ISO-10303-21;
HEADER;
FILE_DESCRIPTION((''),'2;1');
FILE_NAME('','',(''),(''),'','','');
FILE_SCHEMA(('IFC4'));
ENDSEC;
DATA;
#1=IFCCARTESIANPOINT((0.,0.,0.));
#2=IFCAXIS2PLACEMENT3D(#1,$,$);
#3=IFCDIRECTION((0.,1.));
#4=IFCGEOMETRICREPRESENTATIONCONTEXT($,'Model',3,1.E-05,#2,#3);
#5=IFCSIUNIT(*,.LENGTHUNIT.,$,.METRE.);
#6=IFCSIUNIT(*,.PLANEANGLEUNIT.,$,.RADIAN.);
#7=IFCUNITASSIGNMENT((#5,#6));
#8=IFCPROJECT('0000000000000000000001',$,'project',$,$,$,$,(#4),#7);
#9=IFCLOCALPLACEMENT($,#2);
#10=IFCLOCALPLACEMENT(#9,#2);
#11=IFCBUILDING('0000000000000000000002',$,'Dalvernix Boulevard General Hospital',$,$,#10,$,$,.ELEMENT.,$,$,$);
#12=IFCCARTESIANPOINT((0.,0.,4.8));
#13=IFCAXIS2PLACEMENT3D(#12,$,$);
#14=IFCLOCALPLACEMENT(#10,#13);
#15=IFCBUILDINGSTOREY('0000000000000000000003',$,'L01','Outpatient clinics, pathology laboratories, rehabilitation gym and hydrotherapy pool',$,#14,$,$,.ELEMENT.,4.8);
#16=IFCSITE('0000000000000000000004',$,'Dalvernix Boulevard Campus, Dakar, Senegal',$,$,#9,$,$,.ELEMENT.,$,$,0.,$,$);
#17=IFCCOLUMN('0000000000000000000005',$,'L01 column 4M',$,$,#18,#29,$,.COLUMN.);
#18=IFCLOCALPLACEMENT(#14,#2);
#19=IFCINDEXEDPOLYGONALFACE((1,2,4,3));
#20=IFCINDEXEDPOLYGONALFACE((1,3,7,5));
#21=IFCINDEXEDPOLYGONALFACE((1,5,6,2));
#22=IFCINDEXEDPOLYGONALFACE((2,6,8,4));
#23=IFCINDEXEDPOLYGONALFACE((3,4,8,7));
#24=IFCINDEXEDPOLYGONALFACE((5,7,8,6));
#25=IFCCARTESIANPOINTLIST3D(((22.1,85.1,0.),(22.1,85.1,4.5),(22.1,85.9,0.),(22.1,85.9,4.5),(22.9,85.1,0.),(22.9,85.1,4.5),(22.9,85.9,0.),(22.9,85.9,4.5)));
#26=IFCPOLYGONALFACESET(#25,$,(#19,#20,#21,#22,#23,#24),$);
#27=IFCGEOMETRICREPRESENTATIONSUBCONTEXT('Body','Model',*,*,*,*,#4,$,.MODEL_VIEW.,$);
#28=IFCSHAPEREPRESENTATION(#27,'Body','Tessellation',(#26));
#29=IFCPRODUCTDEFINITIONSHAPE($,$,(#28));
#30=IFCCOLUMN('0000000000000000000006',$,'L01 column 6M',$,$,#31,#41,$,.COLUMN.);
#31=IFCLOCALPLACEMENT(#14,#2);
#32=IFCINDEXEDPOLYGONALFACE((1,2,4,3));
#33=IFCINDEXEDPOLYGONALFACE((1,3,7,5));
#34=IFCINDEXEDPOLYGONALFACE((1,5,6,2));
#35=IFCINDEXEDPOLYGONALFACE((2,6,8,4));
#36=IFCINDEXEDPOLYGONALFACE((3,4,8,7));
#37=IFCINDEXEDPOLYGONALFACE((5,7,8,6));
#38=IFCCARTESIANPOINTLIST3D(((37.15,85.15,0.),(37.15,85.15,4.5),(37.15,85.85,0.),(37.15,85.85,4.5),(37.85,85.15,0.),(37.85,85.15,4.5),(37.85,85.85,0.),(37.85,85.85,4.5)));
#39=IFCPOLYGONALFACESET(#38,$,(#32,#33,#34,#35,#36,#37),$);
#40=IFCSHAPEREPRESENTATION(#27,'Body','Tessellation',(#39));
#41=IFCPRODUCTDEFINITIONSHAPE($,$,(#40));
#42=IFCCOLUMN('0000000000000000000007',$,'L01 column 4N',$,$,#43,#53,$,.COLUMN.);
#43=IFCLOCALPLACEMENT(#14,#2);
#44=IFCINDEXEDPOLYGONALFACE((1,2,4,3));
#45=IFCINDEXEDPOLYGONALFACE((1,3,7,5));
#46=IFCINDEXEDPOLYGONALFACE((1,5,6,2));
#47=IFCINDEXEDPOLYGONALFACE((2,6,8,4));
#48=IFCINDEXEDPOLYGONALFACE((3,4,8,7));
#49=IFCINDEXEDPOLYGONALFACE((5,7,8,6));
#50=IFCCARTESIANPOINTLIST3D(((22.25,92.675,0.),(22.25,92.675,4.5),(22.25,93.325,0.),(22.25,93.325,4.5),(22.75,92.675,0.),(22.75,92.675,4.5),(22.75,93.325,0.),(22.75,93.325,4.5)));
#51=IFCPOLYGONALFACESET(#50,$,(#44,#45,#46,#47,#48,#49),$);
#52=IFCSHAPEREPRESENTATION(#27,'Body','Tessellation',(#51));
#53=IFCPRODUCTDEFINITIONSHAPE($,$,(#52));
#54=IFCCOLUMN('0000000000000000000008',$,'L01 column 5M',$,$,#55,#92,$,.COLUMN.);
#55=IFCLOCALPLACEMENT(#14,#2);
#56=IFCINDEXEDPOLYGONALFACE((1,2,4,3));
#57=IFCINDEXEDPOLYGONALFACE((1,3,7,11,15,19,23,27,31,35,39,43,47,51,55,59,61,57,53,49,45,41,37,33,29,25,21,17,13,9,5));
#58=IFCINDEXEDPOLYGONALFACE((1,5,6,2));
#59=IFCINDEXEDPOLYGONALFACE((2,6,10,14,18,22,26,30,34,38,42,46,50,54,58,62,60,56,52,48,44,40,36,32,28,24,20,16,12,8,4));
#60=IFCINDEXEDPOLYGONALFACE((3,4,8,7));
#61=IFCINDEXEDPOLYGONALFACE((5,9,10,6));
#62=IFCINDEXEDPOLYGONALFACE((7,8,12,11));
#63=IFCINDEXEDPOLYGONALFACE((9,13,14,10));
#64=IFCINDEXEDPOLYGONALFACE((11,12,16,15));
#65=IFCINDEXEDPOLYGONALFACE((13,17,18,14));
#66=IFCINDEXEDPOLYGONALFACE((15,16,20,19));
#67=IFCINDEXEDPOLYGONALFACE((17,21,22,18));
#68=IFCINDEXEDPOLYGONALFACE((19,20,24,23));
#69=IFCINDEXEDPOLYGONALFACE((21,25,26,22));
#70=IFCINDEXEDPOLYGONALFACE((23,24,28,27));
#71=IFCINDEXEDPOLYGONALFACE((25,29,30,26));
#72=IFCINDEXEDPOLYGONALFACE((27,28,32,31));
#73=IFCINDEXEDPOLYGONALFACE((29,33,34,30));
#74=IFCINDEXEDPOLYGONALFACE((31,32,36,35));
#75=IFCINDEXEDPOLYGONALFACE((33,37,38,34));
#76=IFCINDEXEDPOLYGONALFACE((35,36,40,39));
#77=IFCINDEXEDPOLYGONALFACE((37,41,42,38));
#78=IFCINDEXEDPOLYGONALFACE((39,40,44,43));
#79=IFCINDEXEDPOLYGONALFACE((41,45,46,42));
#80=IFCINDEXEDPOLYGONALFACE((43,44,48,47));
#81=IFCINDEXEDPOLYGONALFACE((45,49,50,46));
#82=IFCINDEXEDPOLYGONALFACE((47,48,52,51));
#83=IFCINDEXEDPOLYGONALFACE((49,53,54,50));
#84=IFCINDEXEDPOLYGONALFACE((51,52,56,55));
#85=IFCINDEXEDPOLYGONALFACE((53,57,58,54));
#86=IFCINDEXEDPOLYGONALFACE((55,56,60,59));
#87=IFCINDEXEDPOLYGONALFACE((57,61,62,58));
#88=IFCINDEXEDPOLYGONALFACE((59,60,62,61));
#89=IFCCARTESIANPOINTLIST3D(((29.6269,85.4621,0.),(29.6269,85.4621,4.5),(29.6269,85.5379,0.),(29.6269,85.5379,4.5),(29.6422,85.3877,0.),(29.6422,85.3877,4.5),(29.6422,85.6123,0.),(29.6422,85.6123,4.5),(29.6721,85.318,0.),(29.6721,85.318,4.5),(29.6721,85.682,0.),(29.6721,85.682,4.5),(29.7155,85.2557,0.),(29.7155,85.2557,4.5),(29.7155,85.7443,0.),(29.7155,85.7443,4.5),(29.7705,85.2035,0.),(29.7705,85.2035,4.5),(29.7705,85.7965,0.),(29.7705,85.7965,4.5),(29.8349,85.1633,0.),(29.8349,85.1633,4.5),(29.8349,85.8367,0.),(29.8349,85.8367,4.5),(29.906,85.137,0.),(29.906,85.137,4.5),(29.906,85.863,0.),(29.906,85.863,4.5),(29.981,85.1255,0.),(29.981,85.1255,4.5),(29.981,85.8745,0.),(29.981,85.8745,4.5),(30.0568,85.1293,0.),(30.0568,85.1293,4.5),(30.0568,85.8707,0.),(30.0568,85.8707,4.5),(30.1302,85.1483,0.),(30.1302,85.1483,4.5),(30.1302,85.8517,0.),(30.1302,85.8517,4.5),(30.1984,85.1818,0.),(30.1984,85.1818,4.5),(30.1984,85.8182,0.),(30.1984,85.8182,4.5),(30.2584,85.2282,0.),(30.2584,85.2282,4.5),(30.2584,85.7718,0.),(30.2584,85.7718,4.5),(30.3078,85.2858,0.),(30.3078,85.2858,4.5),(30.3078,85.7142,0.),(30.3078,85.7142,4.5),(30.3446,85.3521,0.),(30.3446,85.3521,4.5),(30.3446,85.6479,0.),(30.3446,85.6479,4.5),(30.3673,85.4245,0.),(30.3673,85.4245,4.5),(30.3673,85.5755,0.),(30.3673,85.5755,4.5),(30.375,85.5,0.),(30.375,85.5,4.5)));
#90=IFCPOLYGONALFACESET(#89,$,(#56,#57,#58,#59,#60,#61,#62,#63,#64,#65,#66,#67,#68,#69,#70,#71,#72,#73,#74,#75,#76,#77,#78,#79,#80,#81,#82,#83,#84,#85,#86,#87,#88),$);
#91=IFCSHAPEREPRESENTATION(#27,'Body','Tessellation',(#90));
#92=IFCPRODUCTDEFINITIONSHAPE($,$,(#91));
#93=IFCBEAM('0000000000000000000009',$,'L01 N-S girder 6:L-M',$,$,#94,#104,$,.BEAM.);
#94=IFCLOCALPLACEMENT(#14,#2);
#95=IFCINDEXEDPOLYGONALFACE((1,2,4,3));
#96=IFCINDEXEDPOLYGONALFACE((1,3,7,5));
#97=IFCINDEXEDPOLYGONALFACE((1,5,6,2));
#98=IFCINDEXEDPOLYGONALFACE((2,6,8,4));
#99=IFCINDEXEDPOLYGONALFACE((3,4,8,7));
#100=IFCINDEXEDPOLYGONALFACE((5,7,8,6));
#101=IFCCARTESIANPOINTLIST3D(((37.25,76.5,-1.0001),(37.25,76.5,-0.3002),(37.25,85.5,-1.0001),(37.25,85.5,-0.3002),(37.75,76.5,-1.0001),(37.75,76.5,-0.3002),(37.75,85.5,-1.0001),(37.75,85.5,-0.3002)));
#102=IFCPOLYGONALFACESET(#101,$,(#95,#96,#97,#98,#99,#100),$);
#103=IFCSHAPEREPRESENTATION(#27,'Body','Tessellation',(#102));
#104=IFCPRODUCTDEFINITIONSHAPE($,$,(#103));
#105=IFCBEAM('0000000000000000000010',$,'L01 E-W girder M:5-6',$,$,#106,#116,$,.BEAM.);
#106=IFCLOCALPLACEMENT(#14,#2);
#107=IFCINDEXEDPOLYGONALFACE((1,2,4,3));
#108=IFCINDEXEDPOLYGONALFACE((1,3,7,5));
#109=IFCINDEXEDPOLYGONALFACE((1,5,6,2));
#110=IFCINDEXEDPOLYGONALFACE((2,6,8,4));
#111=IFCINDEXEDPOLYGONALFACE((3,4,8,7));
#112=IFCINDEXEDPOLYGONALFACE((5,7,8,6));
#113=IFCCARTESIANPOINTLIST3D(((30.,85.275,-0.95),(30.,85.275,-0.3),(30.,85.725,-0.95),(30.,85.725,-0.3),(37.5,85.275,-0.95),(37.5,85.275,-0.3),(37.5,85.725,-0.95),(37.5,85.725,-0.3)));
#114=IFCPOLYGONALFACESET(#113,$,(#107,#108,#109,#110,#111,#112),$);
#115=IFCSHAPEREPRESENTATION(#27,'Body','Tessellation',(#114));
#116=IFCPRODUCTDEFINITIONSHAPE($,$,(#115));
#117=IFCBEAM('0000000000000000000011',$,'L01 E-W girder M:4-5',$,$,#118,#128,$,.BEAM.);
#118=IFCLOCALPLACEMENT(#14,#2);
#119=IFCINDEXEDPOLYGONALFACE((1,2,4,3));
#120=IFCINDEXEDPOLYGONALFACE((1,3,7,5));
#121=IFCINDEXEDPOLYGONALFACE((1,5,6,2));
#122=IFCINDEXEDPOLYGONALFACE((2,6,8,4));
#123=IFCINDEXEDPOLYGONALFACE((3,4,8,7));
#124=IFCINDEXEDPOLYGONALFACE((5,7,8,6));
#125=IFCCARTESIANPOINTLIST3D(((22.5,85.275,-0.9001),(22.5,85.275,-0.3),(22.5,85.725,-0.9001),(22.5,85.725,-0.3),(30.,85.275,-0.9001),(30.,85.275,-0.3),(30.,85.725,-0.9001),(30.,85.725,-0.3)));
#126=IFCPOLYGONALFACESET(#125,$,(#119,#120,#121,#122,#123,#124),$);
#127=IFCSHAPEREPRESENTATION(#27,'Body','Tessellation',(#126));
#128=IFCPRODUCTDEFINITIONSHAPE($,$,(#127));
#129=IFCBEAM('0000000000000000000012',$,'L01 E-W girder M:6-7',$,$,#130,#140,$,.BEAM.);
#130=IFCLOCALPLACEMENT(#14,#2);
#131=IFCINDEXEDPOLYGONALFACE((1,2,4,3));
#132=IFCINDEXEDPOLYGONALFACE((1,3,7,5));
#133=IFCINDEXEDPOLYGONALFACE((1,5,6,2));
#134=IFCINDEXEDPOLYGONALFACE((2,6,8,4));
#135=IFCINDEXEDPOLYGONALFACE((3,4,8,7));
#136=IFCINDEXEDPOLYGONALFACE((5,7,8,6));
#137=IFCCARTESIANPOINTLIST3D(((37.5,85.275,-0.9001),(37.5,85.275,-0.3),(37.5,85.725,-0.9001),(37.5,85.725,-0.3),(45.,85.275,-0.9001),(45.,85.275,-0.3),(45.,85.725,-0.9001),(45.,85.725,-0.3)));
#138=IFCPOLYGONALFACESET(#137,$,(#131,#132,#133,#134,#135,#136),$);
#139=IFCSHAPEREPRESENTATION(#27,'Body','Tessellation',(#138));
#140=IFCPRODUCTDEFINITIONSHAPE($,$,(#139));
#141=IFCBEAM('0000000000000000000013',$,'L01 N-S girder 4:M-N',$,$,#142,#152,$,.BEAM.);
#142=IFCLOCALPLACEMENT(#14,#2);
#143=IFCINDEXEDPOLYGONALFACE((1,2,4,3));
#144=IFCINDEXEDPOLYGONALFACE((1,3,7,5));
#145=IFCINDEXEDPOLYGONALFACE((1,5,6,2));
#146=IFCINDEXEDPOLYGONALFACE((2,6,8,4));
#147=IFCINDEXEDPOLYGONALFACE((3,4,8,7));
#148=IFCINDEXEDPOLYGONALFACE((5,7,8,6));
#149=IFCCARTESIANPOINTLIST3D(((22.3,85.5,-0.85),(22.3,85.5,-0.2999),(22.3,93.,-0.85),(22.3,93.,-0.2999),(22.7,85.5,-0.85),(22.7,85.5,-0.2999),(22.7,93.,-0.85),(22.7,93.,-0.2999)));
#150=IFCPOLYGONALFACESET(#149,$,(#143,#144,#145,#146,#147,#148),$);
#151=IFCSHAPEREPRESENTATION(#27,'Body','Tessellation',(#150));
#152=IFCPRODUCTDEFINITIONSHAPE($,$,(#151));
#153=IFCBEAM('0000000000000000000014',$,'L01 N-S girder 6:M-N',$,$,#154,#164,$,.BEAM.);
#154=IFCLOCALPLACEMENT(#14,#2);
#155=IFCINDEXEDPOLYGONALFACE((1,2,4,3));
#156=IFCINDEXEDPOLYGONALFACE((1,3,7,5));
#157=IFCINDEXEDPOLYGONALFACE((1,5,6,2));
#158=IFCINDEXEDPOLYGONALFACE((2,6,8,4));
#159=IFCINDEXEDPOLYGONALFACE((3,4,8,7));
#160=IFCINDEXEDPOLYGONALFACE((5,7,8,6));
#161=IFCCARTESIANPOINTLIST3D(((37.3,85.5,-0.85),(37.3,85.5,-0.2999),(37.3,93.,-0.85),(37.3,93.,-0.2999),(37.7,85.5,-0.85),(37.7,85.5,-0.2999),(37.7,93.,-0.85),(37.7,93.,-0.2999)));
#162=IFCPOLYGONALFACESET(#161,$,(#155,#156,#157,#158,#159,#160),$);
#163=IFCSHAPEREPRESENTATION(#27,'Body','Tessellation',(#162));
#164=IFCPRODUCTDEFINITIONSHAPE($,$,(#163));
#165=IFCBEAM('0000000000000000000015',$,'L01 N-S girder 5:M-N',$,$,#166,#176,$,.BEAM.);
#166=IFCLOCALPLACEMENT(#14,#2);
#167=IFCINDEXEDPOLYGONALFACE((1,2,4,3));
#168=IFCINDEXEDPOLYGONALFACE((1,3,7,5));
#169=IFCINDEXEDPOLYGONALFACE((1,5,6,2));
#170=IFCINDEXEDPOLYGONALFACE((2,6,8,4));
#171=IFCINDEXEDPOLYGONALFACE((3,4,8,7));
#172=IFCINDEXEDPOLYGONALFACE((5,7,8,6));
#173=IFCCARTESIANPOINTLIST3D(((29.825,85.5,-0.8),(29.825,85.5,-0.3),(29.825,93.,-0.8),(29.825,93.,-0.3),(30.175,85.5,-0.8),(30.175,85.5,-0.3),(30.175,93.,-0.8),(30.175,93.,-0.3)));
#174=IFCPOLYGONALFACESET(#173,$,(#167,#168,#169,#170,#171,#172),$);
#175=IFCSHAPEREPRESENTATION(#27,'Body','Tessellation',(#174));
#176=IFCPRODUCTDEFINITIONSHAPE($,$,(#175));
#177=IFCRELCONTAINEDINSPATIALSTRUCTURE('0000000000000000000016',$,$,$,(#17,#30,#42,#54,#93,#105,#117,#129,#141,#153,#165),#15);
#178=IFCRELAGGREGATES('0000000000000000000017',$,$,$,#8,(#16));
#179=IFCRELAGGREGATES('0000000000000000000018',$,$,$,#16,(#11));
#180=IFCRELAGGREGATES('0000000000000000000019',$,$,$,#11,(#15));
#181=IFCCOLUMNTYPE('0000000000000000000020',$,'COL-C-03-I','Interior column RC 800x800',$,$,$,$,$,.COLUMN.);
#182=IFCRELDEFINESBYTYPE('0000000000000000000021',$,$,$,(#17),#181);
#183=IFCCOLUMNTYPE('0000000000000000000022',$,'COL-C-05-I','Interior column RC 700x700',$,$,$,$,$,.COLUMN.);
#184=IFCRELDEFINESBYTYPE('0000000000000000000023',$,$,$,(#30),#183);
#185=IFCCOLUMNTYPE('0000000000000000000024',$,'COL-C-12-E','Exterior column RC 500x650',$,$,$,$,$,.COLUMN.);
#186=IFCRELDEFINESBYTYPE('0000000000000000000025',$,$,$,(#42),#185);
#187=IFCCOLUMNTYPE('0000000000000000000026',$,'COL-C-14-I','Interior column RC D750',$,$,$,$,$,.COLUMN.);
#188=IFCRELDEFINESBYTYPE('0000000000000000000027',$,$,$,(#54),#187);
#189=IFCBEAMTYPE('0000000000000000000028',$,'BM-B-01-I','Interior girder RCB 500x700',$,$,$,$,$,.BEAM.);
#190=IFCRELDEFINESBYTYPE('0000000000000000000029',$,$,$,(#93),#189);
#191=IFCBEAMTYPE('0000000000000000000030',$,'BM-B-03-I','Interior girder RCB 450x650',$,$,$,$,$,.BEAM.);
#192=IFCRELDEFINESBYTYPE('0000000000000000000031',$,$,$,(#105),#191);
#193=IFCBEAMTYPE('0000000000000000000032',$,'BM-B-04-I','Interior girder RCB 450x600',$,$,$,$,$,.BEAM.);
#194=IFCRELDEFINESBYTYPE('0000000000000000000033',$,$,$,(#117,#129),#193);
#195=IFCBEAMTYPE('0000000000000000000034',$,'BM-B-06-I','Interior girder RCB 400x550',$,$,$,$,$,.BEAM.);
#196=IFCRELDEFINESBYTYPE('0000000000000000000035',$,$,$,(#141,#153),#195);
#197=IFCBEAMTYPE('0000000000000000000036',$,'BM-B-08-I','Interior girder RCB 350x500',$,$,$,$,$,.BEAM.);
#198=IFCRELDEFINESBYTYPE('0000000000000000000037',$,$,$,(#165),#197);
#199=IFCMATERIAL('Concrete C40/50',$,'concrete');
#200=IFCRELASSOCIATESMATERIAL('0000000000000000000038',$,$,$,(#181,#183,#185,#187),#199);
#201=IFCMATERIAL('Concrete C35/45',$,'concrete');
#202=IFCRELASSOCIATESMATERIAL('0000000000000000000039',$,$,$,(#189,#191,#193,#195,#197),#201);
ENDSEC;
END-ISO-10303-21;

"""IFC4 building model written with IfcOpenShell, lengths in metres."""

from ifc_helpers import new_model, si_unit, direction, frame, origin, origin_2d, place, context, subcontext, project, spatial, rectangle, circle, extrude, material, material_profile, profile_set, type_object, element, save


model = new_model("IFC4")

# Units and contexts
model_context = context("Model", 3, precision=1e-05, world=origin(), true_north=direction((0.0, 1.0)))
body_context = subcontext(model_context, "Body", "Model", "MODEL_VIEW")
ifc_project = project(units=[si_unit("LENGTHUNIT", "METRE"), si_unit("PLANEANGLEUNIT", "RADIAN")], contexts=[model_context])

# Site, building, storey
site_placement = place(None, origin())
site = spatial("IfcSite", under=ifc_project, at=site_placement, Name="Dalvernix Boulevard Campus, Dakar, Senegal", CompositionType="ELEMENT", RefElevation=0.0)
building_placement = place(site_placement, origin())
building = spatial("IfcBuilding", under=site, at=building_placement, Name="Dalvernix Boulevard General Hospital", CompositionType="ELEMENT")
storey_placement = place(building_placement, frame((0.0, 0.0, 4.8)))
storey = spatial("IfcBuildingStorey", under=building, at=storey_placement, Name="L01", Description="Outpatient clinics, pathology laboratories, rehabilitation gym and hydrotherapy pool", CompositionType="ELEMENT", Elevation=4.8)

# Columns
ifc_material_1 = material(Name="Concrete C40/50", Category="concrete")
ifc_material_profile_1 = material_profile(ifc_material_1, rectangle(XDim=0.8, YDim=0.8, at=origin_2d()), Name="RC 800x800")
ifc_profile_set_1 = profile_set([ifc_material_profile_1], Name="Concrete C40/50")
column_type_1 = type_object("IfcColumnType", Name="COL-C-03-I", Description="Interior column RC 800x800", PredefinedType="COLUMN", material=ifc_profile_set_1)
column_1_placement = place(storey_placement, frame((22.5, 85.5, 0.0), z_axis=(0.0, 0.0, 1.0), x_axis=(1.0, 0.0, 0.0)))
element("IfcColumn", 1, at=column_1_placement, inside=storey, type_object=column_type_1, Name="L01 column 4M", PredefinedType="COLUMN", context=body_context, shape_type="SweptSolid", body=[
    extrude(rectangle(XDim=0.8, YDim=0.8, at=origin_2d()), origin(), (0.0, 0.0, 1.0), 4.5),
])
ifc_material_profile_2 = material_profile(ifc_material_1, rectangle(XDim=0.7, YDim=0.7, at=origin_2d()), Name="RC 700x700")
ifc_profile_set_2 = profile_set([ifc_material_profile_2], Name="Concrete C40/50")
column_type_2 = type_object("IfcColumnType", Name="COL-C-05-I", Description="Interior column RC 700x700", PredefinedType="COLUMN", material=ifc_profile_set_2)
column_2_placement = place(storey_placement, frame((37.5, 85.5, 0.0), z_axis=(0.0, 0.0, 1.0), x_axis=(1.0, 0.0, 0.0)))
element("IfcColumn", 2, at=column_2_placement, inside=storey, type_object=column_type_2, Name="L01 column 6M", PredefinedType="COLUMN", context=body_context, shape_type="SweptSolid", body=[
    extrude(rectangle(XDim=0.7, YDim=0.7, at=origin_2d()), origin(), (0.0, 0.0, 1.0), 4.5),
])
ifc_material_profile_3 = material_profile(ifc_material_1, rectangle(XDim=0.5, YDim=0.6499, at=origin_2d()), Name="RC 500x650")
ifc_profile_set_3 = profile_set([ifc_material_profile_3], Name="Concrete C40/50")
column_type_3 = type_object("IfcColumnType", Name="COL-C-12-E", Description="Exterior column RC 500x650", PredefinedType="COLUMN", material=ifc_profile_set_3)
column_3_placement = place(storey_placement, frame((22.5, 93.0, 0.0), z_axis=(0.0, 0.0, 1.0), x_axis=(1.0, 0.0, 0.0)))
element("IfcColumn", 3, at=column_3_placement, inside=storey, type_object=column_type_3, Name="L01 column 4N", PredefinedType="COLUMN", context=body_context, shape_type="SweptSolid", body=[
    extrude(rectangle(XDim=0.5, YDim=0.6499, at=origin_2d()), origin(), (0.0, 0.0, 1.0), 4.5),
])
ifc_material_profile_4 = material_profile(ifc_material_1, circle(Radius=0.375, at=origin_2d()), Name="RC D750")
ifc_profile_set_4 = profile_set([ifc_material_profile_4], Name="Concrete C40/50")
column_type_4 = type_object("IfcColumnType", Name="COL-C-14-I", Description="Interior column RC D750", PredefinedType="COLUMN", material=ifc_profile_set_4)
column_4_placement = place(storey_placement, frame((30.0, 85.5, 0.0), z_axis=(0.0, 0.0, 1.0), x_axis=(1.0, 0.0, 0.0)))
element("IfcColumn", 4, at=column_4_placement, inside=storey, type_object=column_type_4, Name="L01 column 5M", PredefinedType="COLUMN", context=body_context, shape_type="SweptSolid", body=[
    extrude(circle(Radius=0.375, at=origin_2d()), origin(), (0.0, 0.0, 1.0), 4.5),
])

# Beams
ifc_material_2 = material(Name="Concrete C35/45", Category="concrete")
ifc_material_profile_5 = material_profile(ifc_material_2, rectangle(XDim=0.5, YDim=0.7, at=origin_2d()), Name="RCB 500x700")
ifc_profile_set_5 = profile_set([ifc_material_profile_5], Name="Concrete C35/45")
beam_type_1 = type_object("IfcBeamType", Name="BM-B-01-I", Description="Interior girder RCB 500x700", PredefinedType="BEAM", material=ifc_profile_set_5)
beam_1_placement = place(storey_placement, frame((37.5, 76.5, -0.6501), z_axis=(0.0, 1.0, 0.0), x_axis=(-1.0, 0.0, 0.0)))
element("IfcBeam", 5, at=beam_1_placement, inside=storey, type_object=beam_type_1, Name="L01 N-S girder 6:L-M", PredefinedType="BEAM", context=body_context, shape_type="SweptSolid", body=[
    extrude(rectangle(XDim=0.5, YDim=0.7, at=origin_2d()), origin(), (0.0, 0.0, 1.0), 9.0),
])
ifc_material_profile_6 = material_profile(ifc_material_2, rectangle(XDim=0.45, YDim=0.6499, at=origin_2d()), Name="RCB 450x650")
ifc_profile_set_6 = profile_set([ifc_material_profile_6], Name="Concrete C35/45")
beam_type_2 = type_object("IfcBeamType", Name="BM-B-03-I", Description="Interior girder RCB 450x650", PredefinedType="BEAM", material=ifc_profile_set_6)
beam_2_placement = place(storey_placement, frame((30.0, 85.5, -0.625), z_axis=(1.0, 0.0, 0.0), x_axis=(0.0, 1.0, 0.0)))
element("IfcBeam", 6, at=beam_2_placement, inside=storey, type_object=beam_type_2, Name="L01 E-W girder M:5-6", PredefinedType="BEAM", context=body_context, shape_type="SweptSolid", body=[
    extrude(rectangle(XDim=0.45, YDim=0.6499, at=origin_2d()), origin(), (0.0, 0.0, 1.0), 7.5),
])
ifc_material_profile_7 = material_profile(ifc_material_2, rectangle(XDim=0.45, YDim=0.6001, at=origin_2d()), Name="RCB 450x600")
ifc_profile_set_7 = profile_set([ifc_material_profile_7], Name="Concrete C35/45")
beam_type_3 = type_object("IfcBeamType", Name="BM-B-04-I", Description="Interior girder RCB 450x600", PredefinedType="BEAM", material=ifc_profile_set_7)
for number, where, z_axis, x_axis, name in (
    (7, (22.5, 85.5, -0.6001), (1.0, 0.0, 0.0), (0.0, 1.0, 0.0), "L01 E-W girder M:4-5"),
    (8, (37.5, 85.5, -0.6001), (1.0, 0.0, 0.0), (0.0, 1.0, 0.0), "L01 E-W girder M:6-7"),
):
    element("IfcBeam", number, at=place(storey_placement, frame(where, z_axis=z_axis, x_axis=x_axis)), inside=storey, type_object=beam_type_3, Name=name, PredefinedType="BEAM", context=body_context, shape_type="SweptSolid", body=[
        extrude(rectangle(XDim=0.45, YDim=0.6001, at=origin_2d()), origin(), (0.0, 0.0, 1.0), 7.5),
    ])
ifc_material_profile_8 = material_profile(ifc_material_2, rectangle(XDim=0.3999, YDim=0.55, at=origin_2d()), Name="RCB 400x550")
ifc_profile_set_8 = profile_set([ifc_material_profile_8], Name="Concrete C35/45")
beam_type_4 = type_object("IfcBeamType", Name="BM-B-06-I", Description="Interior girder RCB 400x550", PredefinedType="BEAM", material=ifc_profile_set_8)
for number, where, z_axis, x_axis, name in (
    (9, (22.5, 85.5, -0.575), (0.0, 1.0, 0.0), (-1.0, 0.0, 0.0), "L01 N-S girder 4:M-N"),
    (10, (37.5, 85.5, -0.575), (0.0, 1.0, 0.0), (-1.0, 0.0, 0.0), "L01 N-S girder 6:M-N"),
):
    element("IfcBeam", number, at=place(storey_placement, frame(where, z_axis=z_axis, x_axis=x_axis)), inside=storey, type_object=beam_type_4, Name=name, PredefinedType="BEAM", context=body_context, shape_type="SweptSolid", body=[
        extrude(rectangle(XDim=0.3999, YDim=0.55, at=origin_2d()), origin(), (0.0, 0.0, 1.0), 7.5),
    ])
ifc_material_profile_9 = material_profile(ifc_material_2, rectangle(XDim=0.3501, YDim=0.5, at=origin_2d()), Name="RCB 350x500")
ifc_profile_set_9 = profile_set([ifc_material_profile_9], Name="Concrete C35/45")
beam_type_5 = type_object("IfcBeamType", Name="BM-B-08-I", Description="Interior girder RCB 350x500", PredefinedType="BEAM", material=ifc_profile_set_9)
beam_3_placement = place(storey_placement, frame((30.0, 85.5, -0.55), z_axis=(0.0, 1.0, 0.0), x_axis=(-1.0, 0.0, 0.0)))
element("IfcBeam", 11, at=beam_3_placement, inside=storey, type_object=beam_type_5, Name="L01 N-S girder 5:M-N", PredefinedType="BEAM", context=body_context, shape_type="SweptSolid", body=[
    extrude(rectangle(XDim=0.3501, YDim=0.5, at=origin_2d()), origin(), (0.0, 0.0, 1.0), 7.5),
])

save(model, "model.ifc")
